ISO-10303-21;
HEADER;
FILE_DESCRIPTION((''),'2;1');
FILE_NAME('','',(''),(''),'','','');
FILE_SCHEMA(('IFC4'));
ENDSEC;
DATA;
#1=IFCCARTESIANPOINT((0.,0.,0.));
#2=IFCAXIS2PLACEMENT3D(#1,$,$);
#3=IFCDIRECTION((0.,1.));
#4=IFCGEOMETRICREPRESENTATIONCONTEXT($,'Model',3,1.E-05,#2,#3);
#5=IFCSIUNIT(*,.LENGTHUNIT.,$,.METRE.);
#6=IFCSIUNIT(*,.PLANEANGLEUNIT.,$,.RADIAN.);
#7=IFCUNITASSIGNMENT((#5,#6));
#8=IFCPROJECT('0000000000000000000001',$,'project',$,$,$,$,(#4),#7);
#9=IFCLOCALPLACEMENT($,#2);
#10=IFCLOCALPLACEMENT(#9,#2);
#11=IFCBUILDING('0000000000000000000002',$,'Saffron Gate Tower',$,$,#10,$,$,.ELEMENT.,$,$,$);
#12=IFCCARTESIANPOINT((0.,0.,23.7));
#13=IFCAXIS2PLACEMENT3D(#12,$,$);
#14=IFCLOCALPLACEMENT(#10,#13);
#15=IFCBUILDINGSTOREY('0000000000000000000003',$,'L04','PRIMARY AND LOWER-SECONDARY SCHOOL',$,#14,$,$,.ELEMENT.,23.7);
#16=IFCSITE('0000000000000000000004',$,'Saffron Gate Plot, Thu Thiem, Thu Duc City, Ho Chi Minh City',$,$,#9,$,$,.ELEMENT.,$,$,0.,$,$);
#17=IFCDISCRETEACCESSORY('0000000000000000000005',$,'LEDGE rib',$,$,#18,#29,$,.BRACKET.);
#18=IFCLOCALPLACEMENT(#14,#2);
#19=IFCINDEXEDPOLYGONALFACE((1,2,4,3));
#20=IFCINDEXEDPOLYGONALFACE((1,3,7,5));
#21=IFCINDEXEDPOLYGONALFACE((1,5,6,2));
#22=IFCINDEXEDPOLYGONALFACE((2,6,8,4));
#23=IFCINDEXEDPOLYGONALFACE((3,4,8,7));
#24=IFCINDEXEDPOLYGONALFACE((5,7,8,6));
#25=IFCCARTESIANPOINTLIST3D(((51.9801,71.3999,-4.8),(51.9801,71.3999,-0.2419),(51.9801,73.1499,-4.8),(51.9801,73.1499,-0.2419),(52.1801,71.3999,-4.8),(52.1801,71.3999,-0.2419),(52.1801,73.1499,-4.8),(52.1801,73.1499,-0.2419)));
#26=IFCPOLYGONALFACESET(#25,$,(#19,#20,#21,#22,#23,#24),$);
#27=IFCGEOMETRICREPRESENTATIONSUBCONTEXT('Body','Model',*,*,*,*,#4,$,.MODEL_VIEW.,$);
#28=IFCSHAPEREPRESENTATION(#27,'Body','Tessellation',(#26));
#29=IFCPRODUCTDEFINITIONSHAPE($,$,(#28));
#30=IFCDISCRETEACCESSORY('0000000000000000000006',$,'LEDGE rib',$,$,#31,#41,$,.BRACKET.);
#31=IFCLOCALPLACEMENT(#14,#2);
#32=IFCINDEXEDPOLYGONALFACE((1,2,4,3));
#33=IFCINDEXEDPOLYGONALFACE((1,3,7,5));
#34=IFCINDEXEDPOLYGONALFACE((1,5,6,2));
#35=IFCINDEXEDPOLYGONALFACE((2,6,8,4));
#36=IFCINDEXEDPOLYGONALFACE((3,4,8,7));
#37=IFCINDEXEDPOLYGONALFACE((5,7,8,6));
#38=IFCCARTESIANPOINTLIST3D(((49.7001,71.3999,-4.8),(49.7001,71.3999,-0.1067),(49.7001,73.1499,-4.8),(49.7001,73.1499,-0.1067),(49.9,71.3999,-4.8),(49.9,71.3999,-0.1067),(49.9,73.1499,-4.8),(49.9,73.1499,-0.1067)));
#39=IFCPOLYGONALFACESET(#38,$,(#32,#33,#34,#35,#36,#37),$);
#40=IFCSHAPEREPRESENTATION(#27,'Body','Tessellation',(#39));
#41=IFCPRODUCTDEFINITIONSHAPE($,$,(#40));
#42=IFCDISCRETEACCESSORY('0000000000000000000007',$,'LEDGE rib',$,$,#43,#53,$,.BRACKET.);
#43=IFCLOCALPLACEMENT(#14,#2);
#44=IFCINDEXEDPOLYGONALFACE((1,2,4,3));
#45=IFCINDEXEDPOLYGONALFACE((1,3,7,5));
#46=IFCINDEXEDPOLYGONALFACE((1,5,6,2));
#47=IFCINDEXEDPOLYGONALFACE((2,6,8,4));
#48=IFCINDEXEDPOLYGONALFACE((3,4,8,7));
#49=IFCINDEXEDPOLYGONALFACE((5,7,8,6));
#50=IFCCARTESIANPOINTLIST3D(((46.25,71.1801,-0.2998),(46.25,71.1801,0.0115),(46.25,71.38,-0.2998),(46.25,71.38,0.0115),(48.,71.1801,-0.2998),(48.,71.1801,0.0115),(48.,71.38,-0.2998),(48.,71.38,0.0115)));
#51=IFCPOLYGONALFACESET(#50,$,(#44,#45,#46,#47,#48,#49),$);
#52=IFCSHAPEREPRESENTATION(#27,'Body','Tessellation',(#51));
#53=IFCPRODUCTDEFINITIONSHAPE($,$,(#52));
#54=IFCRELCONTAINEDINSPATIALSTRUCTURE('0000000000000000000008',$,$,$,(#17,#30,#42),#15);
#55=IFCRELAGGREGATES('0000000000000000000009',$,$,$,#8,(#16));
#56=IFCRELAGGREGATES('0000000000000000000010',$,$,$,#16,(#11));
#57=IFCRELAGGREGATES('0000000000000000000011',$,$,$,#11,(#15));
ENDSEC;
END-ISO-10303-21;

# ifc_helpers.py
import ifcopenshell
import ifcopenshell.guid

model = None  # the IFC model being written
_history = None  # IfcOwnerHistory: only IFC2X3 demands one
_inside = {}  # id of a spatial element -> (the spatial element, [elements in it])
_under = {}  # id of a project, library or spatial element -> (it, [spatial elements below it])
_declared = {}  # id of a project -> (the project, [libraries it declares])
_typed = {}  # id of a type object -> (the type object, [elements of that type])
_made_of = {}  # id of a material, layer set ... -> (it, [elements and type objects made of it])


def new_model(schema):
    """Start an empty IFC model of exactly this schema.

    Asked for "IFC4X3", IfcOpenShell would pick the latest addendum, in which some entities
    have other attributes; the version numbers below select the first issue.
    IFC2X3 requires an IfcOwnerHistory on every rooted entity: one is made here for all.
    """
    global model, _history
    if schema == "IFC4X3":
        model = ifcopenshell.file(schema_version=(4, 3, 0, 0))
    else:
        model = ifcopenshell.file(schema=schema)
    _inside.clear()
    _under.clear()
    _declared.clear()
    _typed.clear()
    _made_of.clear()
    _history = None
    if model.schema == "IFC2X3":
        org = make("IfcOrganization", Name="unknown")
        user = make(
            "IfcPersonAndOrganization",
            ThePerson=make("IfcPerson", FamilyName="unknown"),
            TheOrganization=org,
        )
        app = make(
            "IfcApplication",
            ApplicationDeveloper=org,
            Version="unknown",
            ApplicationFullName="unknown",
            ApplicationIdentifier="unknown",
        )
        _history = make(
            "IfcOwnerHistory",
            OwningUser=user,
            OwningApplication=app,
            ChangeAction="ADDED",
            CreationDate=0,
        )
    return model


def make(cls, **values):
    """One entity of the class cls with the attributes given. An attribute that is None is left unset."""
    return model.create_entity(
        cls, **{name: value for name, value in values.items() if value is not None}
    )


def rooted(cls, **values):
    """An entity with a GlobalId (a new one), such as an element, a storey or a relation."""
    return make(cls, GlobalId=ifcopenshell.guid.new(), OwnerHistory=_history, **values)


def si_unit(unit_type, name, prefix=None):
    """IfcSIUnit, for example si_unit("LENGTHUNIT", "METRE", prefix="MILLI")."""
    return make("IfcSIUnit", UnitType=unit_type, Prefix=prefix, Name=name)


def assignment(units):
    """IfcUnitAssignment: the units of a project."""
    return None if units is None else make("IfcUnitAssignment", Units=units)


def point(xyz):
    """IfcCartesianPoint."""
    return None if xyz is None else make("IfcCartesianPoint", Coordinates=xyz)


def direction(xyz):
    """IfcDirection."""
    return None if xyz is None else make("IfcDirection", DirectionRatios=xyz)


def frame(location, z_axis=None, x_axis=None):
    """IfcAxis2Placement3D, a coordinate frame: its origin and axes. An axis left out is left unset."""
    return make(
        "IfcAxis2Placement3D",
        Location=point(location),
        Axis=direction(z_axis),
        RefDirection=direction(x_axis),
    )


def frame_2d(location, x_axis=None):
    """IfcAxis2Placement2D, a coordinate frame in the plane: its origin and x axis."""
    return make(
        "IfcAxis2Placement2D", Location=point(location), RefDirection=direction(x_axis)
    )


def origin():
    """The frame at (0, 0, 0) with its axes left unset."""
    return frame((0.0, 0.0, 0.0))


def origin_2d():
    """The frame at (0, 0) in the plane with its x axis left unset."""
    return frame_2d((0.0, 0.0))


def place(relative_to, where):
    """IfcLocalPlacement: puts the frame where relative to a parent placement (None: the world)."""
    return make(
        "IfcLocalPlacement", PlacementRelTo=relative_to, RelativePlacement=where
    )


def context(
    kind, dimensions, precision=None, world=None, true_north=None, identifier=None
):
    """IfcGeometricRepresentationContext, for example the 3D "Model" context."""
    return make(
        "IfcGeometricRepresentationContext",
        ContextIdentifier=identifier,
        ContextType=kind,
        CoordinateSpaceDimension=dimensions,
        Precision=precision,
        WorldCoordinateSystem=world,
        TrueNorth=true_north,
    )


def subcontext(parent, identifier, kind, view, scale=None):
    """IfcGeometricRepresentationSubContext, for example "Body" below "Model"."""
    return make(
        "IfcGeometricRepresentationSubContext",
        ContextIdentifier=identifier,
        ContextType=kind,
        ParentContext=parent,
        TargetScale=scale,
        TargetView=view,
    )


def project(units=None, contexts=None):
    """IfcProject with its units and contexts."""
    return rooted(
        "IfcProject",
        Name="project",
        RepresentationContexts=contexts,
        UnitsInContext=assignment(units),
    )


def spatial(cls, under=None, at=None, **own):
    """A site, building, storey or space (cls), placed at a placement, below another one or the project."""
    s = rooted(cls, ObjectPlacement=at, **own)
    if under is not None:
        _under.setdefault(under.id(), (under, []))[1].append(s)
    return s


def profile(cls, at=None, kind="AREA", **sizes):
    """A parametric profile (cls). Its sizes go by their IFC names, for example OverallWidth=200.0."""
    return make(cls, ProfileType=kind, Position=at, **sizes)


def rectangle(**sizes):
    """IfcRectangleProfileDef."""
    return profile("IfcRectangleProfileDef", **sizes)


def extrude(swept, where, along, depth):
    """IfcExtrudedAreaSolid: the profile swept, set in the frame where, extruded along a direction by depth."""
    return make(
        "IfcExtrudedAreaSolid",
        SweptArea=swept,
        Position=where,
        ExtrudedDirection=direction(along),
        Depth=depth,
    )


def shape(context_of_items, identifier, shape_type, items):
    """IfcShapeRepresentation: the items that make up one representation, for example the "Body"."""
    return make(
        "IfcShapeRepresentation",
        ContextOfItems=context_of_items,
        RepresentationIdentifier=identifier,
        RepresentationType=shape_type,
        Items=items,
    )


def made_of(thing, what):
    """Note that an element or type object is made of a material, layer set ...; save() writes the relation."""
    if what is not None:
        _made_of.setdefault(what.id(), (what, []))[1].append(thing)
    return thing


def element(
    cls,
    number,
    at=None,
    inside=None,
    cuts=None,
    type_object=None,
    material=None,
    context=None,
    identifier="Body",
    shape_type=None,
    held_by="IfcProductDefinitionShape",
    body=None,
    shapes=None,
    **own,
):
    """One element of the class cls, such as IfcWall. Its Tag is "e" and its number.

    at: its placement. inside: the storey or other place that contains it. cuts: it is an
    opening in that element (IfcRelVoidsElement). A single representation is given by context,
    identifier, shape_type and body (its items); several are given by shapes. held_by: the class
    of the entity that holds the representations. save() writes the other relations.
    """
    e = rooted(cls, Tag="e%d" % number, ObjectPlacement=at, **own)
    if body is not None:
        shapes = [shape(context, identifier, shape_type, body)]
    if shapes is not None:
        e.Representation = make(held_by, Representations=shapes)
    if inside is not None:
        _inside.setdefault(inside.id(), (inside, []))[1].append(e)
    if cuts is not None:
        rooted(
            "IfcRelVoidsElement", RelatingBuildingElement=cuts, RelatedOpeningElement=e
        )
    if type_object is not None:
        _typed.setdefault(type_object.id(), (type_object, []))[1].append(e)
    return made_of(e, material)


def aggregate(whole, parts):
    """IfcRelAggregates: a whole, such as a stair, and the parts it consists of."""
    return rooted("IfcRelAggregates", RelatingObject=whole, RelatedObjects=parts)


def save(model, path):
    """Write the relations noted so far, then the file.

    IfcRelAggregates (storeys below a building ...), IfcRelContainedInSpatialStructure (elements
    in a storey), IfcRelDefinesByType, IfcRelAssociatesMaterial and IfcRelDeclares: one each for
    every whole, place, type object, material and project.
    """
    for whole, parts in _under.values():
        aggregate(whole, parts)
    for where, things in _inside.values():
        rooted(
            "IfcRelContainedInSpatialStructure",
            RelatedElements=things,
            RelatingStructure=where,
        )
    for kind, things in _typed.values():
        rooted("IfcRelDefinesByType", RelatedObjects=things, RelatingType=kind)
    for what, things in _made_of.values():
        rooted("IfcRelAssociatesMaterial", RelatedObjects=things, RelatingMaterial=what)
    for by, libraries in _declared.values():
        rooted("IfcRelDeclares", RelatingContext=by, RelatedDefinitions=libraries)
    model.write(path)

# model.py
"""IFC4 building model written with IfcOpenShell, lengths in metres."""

from ifc_helpers import new_model, si_unit, direction, frame, origin, origin_2d, place, context, subcontext, project, spatial, rectangle, extrude, element, save


model = new_model("IFC4")

# Units and contexts
model_context = context("Model", 3, precision=1e-05, world=origin(), true_north=direction((0.0, 1.0)))
body_context = subcontext(model_context, "Body", "Model", "MODEL_VIEW")
ifc_project = project(units=[si_unit("LENGTHUNIT", "METRE"), si_unit("PLANEANGLEUNIT", "RADIAN")], contexts=[model_context])

# Site, building, storey
site_placement = place(None, origin())
site = spatial("IfcSite", under=ifc_project, at=site_placement, Name="Saffron Gate Plot, Thu Thiem, Thu Duc City, Ho Chi Minh City", CompositionType="ELEMENT", RefElevation=0.0)
building_placement = place(site_placement, origin())
building = spatial("IfcBuilding", under=site, at=building_placement, Name="Saffron Gate Tower", CompositionType="ELEMENT")
storey_placement = place(building_placement, frame((0.0, 0.0, 23.7)))
storey = spatial("IfcBuildingStorey", under=building, at=storey_placement, Name="L04", Description="PRIMARY AND LOWER-SECONDARY SCHOOL", CompositionType="ELEMENT", Elevation=23.7)

# Discrete accessories
discrete_accessory_1_placement = place(storey_placement, frame((52.0801, 72.2749, -4.8), z_axis=(0.0, 0.0, 1.0), x_axis=(-1.0, 0.0, 0.0)))
element("IfcDiscreteAccessory", 1, at=discrete_accessory_1_placement, inside=storey, Name="LEDGE rib", PredefinedType="BRACKET", context=body_context, shape_type="SweptSolid", body=[
    extrude(rectangle(XDim=0.2, YDim=1.75, at=origin_2d()), origin(), (0.0, 0.0, 1.0), 4.5581),
])
discrete_accessory_2_placement = place(storey_placement, frame((49.8, 72.2749, -4.8), z_axis=(0.0, 0.0, 1.0), x_axis=(-1.0, 0.0, 0.0)))
element("IfcDiscreteAccessory", 2, at=discrete_accessory_2_placement, inside=storey, Name="LEDGE rib", PredefinedType="BRACKET", context=body_context, shape_type="SweptSolid", body=[
    extrude(rectangle(XDim=0.2, YDim=1.75, at=origin_2d()), origin(), (0.0, 0.0, 1.0), 4.6934),
])
discrete_accessory_3_placement = place(storey_placement, frame((47.125, 71.28, -0.2998), z_axis=(0.0, 0.0, 1.0), x_axis=(0.0, -1.0, 0.0)))
element("IfcDiscreteAccessory", 3, at=discrete_accessory_3_placement, inside=storey, Name="LEDGE rib", PredefinedType="BRACKET", context=body_context, shape_type="SweptSolid", body=[
    extrude(rectangle(XDim=0.2, YDim=1.75, at=origin_2d()), origin(), (0.0, 0.0, 1.0), 0.3113),
])

save(model, "model.ifc")
